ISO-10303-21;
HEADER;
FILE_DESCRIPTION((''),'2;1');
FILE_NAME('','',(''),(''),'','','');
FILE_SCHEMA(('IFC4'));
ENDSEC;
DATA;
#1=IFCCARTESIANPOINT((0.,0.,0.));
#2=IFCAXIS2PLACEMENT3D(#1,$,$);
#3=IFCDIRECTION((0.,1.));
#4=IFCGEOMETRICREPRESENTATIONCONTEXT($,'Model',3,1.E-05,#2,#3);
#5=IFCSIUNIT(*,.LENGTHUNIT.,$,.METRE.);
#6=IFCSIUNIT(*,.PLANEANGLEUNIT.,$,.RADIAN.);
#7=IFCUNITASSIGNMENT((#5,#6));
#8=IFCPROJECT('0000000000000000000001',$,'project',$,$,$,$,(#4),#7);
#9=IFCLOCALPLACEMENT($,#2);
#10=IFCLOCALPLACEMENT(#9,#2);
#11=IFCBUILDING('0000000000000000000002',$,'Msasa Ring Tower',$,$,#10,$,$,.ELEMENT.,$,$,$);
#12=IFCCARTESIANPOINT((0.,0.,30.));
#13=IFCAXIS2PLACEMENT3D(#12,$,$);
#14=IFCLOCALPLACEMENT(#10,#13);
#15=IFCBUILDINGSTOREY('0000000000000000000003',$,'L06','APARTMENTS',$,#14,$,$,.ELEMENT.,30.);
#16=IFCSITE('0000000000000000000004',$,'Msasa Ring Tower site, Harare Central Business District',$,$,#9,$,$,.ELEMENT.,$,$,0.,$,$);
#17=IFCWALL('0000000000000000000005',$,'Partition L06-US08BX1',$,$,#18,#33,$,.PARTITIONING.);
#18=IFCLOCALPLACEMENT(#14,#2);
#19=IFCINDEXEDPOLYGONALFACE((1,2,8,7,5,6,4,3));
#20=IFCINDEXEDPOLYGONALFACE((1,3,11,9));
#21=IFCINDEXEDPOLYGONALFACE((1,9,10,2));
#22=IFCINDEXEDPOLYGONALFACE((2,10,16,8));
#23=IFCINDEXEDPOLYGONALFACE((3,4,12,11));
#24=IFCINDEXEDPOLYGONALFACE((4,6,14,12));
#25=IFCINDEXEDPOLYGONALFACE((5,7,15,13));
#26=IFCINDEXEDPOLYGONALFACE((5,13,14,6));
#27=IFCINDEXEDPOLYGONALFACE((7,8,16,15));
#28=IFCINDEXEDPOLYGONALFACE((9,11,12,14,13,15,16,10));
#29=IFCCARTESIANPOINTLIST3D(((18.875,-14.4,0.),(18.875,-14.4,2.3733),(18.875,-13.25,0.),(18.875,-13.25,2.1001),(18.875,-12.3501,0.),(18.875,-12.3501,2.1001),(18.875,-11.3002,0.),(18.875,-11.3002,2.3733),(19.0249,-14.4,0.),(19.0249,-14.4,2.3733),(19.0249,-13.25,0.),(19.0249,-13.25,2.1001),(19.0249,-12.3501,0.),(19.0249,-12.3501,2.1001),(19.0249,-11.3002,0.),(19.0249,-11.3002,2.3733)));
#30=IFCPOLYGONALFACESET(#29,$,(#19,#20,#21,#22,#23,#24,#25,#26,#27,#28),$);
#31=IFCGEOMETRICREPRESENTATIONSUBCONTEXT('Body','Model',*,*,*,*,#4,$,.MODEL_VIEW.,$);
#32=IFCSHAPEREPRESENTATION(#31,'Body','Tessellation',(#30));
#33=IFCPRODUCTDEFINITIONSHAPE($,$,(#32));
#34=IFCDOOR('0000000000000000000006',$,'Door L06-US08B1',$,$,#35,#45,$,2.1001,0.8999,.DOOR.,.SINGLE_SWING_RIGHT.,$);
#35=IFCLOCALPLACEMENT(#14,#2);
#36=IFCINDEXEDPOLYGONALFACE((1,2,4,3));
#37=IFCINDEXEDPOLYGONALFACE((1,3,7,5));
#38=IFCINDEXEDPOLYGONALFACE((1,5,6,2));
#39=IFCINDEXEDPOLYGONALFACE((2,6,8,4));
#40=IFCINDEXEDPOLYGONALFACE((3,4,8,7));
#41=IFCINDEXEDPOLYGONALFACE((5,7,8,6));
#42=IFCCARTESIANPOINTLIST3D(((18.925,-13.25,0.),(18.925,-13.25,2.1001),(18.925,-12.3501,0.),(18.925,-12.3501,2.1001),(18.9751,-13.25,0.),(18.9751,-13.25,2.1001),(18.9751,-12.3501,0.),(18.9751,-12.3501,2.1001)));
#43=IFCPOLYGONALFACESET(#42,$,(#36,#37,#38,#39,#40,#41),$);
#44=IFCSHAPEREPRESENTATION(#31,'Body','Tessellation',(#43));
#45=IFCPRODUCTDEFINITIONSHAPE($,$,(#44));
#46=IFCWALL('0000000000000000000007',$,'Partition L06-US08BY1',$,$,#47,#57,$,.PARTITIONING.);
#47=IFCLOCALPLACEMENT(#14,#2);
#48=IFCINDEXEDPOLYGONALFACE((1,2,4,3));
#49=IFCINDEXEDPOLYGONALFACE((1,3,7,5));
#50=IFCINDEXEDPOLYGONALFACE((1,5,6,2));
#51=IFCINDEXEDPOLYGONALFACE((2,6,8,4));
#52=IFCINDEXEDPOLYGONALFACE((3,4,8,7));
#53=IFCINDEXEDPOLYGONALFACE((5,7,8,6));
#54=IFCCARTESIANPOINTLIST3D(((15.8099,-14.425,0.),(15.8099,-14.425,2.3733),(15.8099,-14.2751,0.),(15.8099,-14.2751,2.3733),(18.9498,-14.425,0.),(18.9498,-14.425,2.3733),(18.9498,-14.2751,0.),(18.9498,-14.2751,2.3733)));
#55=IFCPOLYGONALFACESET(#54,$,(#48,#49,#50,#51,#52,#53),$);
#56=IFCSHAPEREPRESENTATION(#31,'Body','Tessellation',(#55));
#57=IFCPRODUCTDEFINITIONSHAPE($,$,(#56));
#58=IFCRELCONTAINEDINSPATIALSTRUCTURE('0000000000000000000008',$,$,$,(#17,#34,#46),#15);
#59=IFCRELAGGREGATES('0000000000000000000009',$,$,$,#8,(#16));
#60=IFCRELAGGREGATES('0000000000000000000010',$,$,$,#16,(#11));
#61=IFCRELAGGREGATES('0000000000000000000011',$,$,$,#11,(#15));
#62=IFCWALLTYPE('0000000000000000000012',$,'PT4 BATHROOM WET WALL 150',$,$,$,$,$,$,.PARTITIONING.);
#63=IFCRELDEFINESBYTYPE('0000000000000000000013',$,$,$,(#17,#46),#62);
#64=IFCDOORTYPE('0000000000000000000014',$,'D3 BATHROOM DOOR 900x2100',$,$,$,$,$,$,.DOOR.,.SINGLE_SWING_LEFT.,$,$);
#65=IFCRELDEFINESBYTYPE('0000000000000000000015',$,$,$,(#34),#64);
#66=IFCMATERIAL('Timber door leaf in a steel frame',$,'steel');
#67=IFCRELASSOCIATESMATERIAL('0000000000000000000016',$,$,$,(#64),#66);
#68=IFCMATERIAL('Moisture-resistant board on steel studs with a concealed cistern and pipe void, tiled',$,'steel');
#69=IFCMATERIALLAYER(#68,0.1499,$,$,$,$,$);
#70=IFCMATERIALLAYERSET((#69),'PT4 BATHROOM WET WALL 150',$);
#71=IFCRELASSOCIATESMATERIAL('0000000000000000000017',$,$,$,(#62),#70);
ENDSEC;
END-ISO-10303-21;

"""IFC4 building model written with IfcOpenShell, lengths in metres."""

from ifc_helpers import new_model, si_unit, direction, frame, frame_2d, origin, place, context, subcontext, project, spatial, rectangle, extrude, material, layer, layer_set, type_object, element, fill, save


model = new_model("IFC4")

# Units and contexts
model_context = context("Model", 3, precision=1e-05, world=origin(), true_north=direction((0.0, 1.0)))
body_context = subcontext(model_context, "Body", "Model", "MODEL_VIEW")
ifc_project = project(units=[si_unit("LENGTHUNIT", "METRE"), si_unit("PLANEANGLEUNIT", "RADIAN")], contexts=[model_context])

# Site, building, storey
site_placement = place(None, origin())
site = spatial("IfcSite", under=ifc_project, at=site_placement, Name="Msasa Ring Tower site, Harare Central Business District", CompositionType="ELEMENT", RefElevation=0.0)
building_placement = place(site_placement, origin())
building = spatial("IfcBuilding", under=site, at=building_placement, Name="Msasa Ring Tower", CompositionType="ELEMENT")
storey_placement = place(building_placement, frame((0.0, 0.0, 30.0)))
storey = spatial("IfcBuildingStorey", under=building, at=storey_placement, Name="L06", Description="APARTMENTS", CompositionType="ELEMENT", Elevation=30.0)

# Shared definitions
ifc_material_1 = material(Name="Timber door leaf in a steel frame", Category="steel")
door_type_1 = type_object("IfcDoorType", Name="D3 BATHROOM DOOR 900x2100", OperationType="SINGLE_SWING_LEFT", PredefinedType="DOOR", material=ifc_material_1)

# Wall, opening, door
ifc_material_2 = material(Name="Moisture-resistant board on steel studs with a concealed cistern and pipe void, tiled", Category="steel")
ifc_layer_1 = layer(ifc_material_2, 0.1499)
ifc_layer_set_1 = layer_set([ifc_layer_1], Name="PT4 BATHROOM WET WALL 150")
wall_type_1 = type_object("IfcWallType", Name="PT4 BATHROOM WET WALL 150", PredefinedType="PARTITIONING", material=ifc_layer_set_1)
wall_1_placement = place(storey_placement, frame((18.95, -14.3999, 0.0), z_axis=(0.0, 0.0, 1.0), x_axis=(0.0, 1.0, 0.0)))
wall_1 = element("IfcWall", 1, at=wall_1_placement, inside=storey, type_object=wall_type_1, Name="Partition L06-US08BX1", PredefinedType="PARTITIONING", context=body_context, shape_type="SweptSolid", body=[
    extrude(rectangle(XDim=3.0999, YDim=0.1499, at=frame_2d((1.5498, 0.0))), origin(), (0.0, 0.0, 1.0), 2.3733),
])
opening_1_placement = place(wall_1_placement, frame((1.1499, 0.0, 0.0)))
opening_1 = element("IfcOpeningElement", 2, at=opening_1_placement, cuts=wall_1, PredefinedType="OPENING", context=body_context, shape_type="SweptSolid", body=[
    extrude(rectangle(XDim=0.8999, YDim=2.1001, at=frame_2d((0.45, 1.05))), frame((0.0, 0.085, 0.0), z_axis=(0.0, -1.0, 0.0), x_axis=(1.0, 0.0, 0.0)), (0.0, 0.0, 1.0), 0.1699),
])
door_1_placement = place(opening_1_placement, origin())
door_1 = element("IfcDoor", 3, at=door_1_placement, inside=storey, type_object=door_type_1, Name="Door L06-US08B1", OperationType="SINGLE_SWING_RIGHT", OverallHeight=2.1001, OverallWidth=0.8999, PredefinedType="DOOR", context=body_context, shape_type="SweptSolid", body=[
    extrude(rectangle(XDim=0.8999, YDim=2.1001, at=frame_2d((0.45, 1.05))), frame((0.0, 0.0249, 0.0), z_axis=(0.0, -1.0, 0.0), x_axis=(1.0, 0.0, 0.0)), (0.0, 0.0, 1.0), 0.05),
])
fill(opening_1, door_1)

# Wall
wall_2_placement = place(storey_placement, frame((15.8101, -14.3501, 0.0), z_axis=(0.0, 0.0, 1.0), x_axis=(1.0, 0.0, 0.0)))
element("IfcWall", 4, at=wall_2_placement, inside=storey, type_object=wall_type_1, Name="Partition L06-US08BY1", PredefinedType="PARTITIONING", context=body_context, shape_type="SweptSolid", body=[
    extrude(rectangle(XDim=3.1399, YDim=0.1499, at=frame_2d((1.5698, 0.0))), origin(), (0.0, 0.0, 1.0), 2.3733),
])

save(model, "model.ifc")
